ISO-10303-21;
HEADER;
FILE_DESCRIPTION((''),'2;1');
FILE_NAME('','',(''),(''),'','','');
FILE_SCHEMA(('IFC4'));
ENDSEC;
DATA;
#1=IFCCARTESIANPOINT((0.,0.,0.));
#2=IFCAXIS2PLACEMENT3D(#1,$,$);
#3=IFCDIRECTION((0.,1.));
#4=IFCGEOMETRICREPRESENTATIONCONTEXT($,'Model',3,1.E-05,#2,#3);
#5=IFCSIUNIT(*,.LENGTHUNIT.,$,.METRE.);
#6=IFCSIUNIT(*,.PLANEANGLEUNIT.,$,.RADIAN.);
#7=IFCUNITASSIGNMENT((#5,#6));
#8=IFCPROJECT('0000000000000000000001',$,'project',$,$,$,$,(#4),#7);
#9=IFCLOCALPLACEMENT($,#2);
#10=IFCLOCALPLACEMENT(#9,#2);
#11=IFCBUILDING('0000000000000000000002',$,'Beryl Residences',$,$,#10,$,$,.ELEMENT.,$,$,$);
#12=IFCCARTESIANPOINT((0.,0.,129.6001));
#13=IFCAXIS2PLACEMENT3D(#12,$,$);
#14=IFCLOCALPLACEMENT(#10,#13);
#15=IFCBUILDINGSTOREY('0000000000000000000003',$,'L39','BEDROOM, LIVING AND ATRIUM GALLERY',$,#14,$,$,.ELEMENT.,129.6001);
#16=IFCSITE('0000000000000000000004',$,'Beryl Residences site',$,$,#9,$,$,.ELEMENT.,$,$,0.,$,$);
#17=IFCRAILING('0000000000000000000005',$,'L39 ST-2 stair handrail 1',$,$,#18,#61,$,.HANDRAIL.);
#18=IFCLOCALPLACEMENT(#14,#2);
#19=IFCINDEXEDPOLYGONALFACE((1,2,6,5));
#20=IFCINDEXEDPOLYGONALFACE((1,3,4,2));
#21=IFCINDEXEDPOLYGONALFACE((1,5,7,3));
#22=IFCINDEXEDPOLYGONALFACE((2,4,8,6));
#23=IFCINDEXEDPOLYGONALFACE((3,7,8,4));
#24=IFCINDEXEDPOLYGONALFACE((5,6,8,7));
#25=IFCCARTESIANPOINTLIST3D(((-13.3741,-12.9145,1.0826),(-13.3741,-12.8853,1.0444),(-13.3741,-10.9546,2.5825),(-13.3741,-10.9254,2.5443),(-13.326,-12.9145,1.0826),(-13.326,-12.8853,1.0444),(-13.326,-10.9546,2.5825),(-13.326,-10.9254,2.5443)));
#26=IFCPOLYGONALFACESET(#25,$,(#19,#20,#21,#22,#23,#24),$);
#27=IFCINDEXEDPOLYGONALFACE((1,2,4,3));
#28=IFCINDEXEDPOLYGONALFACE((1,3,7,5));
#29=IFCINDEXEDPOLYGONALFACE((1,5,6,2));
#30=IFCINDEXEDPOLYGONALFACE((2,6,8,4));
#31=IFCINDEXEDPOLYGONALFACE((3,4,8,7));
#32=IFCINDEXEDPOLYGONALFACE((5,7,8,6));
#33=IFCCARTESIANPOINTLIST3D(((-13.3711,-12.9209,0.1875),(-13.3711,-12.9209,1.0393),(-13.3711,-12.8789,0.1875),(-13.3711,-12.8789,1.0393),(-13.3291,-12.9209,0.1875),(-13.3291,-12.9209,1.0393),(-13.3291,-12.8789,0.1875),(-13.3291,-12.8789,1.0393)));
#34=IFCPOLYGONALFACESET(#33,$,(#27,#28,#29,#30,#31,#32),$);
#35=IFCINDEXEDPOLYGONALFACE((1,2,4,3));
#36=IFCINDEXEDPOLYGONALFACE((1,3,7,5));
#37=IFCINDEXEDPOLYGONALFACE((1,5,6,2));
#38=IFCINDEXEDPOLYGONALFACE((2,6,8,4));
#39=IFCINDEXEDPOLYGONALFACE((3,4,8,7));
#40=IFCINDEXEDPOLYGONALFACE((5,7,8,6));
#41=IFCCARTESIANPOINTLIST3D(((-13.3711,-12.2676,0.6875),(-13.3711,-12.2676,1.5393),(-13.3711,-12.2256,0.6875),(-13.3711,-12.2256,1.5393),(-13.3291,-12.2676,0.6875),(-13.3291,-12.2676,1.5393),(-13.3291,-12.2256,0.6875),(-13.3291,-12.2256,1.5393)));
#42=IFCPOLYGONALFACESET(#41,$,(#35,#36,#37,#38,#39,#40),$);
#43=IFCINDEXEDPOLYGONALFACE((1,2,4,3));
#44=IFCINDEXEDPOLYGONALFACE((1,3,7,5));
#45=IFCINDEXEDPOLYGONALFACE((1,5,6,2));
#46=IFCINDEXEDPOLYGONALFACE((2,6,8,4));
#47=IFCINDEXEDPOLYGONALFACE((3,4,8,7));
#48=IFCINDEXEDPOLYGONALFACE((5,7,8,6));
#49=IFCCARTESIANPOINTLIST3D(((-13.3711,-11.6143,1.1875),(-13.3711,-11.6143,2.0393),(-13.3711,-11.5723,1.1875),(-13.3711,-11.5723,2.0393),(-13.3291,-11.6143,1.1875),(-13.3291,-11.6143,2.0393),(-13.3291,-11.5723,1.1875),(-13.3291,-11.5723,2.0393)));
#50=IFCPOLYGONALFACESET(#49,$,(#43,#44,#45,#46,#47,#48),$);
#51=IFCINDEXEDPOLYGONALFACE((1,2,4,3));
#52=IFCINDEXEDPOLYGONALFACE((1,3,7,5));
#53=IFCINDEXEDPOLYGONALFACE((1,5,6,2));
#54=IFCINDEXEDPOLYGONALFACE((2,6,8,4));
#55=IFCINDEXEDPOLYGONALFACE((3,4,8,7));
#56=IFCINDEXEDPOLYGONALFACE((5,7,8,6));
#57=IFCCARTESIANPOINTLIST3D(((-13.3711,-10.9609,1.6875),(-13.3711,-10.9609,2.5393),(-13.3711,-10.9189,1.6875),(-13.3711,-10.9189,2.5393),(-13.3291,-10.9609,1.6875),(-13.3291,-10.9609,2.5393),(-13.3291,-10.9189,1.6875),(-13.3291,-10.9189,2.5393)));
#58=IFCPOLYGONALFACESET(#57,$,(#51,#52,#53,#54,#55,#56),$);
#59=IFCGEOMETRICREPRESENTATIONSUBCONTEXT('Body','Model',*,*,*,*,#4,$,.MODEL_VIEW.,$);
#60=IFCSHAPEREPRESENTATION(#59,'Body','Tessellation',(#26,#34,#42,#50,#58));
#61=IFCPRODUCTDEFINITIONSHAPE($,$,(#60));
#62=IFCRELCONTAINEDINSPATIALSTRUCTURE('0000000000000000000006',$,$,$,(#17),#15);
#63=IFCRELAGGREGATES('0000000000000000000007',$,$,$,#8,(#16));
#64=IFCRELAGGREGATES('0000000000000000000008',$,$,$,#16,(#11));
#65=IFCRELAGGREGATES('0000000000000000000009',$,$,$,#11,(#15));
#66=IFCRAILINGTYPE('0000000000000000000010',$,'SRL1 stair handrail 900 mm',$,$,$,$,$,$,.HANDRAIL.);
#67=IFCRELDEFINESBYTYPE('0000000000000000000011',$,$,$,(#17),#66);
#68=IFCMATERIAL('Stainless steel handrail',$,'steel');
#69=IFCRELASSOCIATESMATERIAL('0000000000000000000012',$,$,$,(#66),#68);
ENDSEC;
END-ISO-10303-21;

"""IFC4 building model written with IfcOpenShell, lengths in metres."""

from ifc_helpers import new_model, si_unit, direction, frame, origin, origin_2d, place, context, subcontext, project, spatial, rectangle, extrude, material, type_object, element, save


model = new_model("IFC4")

# Units and contexts
model_context = context("Model", 3, precision=1e-05, world=origin(), true_north=direction((0.0, 1.0)))
body_context = subcontext(model_context, "Body", "Model", "MODEL_VIEW")
ifc_project = project(units=[si_unit("LENGTHUNIT", "METRE"), si_unit("PLANEANGLEUNIT", "RADIAN")], contexts=[model_context])

# Site, building, storey
site_placement = place(None, origin())
site = spatial("IfcSite", under=ifc_project, at=site_placement, Name="Beryl Residences site", CompositionType="ELEMENT", RefElevation=0.0)
building_placement = place(site_placement, origin())
building = spatial("IfcBuilding", under=site, at=building_placement, Name="Beryl Residences", CompositionType="ELEMENT")
storey_placement = place(building_placement, frame((0.0, 0.0, 129.6001)))
storey = spatial("IfcBuildingStorey", under=building, at=storey_placement, Name="L39", Description="BEDROOM, LIVING AND ATRIUM GALLERY", CompositionType="ELEMENT", Elevation=129.6001)

# Railing
ifc_material_1 = material(Name="Stainless steel handrail", Category="steel")
railing_type = type_object("IfcRailingType", Name="SRL1 stair handrail 900 mm", PredefinedType="HANDRAIL", material=ifc_material_1)
railing_placement = place(storey_placement, frame((-13.3501, -12.8999, 0.1875)))
element("IfcRailing", 1, at=railing_placement, inside=storey, type_object=railing_type, Name="L39 ST-2 stair handrail 1", PredefinedType="HANDRAIL", context=body_context, shape_type="SweptSolid", body=[
    extrude(rectangle(XDim=0.0481, YDim=0.0481, at=origin_2d()), frame((0.0, 0.0, 0.876), z_axis=(0.0, 0.794122, 0.607758), x_axis=(-1.0, 0.0, 0.0)), (0.0, 0.0, 1.0), 2.468),
    extrude(rectangle(XDim=0.042, YDim=0.042, at=origin_2d()), origin(), (0.0, 0.0, 1.0), 0.8518),
    extrude(rectangle(XDim=0.042, YDim=0.042, at=origin_2d()), frame((0.0, 0.6533, 0.5)), (0.0, 0.0, 1.0), 0.8518),
    extrude(rectangle(XDim=0.042, YDim=0.042, at=origin_2d()), frame((0.0, 1.3066, 1.0)), (0.0, 0.0, 1.0), 0.8518),
    extrude(rectangle(XDim=0.042, YDim=0.042, at=origin_2d()), frame((0.0, 1.96, 1.5)), (0.0, 0.0, 1.0), 0.8518),
])

save(model, "model.ifc")
